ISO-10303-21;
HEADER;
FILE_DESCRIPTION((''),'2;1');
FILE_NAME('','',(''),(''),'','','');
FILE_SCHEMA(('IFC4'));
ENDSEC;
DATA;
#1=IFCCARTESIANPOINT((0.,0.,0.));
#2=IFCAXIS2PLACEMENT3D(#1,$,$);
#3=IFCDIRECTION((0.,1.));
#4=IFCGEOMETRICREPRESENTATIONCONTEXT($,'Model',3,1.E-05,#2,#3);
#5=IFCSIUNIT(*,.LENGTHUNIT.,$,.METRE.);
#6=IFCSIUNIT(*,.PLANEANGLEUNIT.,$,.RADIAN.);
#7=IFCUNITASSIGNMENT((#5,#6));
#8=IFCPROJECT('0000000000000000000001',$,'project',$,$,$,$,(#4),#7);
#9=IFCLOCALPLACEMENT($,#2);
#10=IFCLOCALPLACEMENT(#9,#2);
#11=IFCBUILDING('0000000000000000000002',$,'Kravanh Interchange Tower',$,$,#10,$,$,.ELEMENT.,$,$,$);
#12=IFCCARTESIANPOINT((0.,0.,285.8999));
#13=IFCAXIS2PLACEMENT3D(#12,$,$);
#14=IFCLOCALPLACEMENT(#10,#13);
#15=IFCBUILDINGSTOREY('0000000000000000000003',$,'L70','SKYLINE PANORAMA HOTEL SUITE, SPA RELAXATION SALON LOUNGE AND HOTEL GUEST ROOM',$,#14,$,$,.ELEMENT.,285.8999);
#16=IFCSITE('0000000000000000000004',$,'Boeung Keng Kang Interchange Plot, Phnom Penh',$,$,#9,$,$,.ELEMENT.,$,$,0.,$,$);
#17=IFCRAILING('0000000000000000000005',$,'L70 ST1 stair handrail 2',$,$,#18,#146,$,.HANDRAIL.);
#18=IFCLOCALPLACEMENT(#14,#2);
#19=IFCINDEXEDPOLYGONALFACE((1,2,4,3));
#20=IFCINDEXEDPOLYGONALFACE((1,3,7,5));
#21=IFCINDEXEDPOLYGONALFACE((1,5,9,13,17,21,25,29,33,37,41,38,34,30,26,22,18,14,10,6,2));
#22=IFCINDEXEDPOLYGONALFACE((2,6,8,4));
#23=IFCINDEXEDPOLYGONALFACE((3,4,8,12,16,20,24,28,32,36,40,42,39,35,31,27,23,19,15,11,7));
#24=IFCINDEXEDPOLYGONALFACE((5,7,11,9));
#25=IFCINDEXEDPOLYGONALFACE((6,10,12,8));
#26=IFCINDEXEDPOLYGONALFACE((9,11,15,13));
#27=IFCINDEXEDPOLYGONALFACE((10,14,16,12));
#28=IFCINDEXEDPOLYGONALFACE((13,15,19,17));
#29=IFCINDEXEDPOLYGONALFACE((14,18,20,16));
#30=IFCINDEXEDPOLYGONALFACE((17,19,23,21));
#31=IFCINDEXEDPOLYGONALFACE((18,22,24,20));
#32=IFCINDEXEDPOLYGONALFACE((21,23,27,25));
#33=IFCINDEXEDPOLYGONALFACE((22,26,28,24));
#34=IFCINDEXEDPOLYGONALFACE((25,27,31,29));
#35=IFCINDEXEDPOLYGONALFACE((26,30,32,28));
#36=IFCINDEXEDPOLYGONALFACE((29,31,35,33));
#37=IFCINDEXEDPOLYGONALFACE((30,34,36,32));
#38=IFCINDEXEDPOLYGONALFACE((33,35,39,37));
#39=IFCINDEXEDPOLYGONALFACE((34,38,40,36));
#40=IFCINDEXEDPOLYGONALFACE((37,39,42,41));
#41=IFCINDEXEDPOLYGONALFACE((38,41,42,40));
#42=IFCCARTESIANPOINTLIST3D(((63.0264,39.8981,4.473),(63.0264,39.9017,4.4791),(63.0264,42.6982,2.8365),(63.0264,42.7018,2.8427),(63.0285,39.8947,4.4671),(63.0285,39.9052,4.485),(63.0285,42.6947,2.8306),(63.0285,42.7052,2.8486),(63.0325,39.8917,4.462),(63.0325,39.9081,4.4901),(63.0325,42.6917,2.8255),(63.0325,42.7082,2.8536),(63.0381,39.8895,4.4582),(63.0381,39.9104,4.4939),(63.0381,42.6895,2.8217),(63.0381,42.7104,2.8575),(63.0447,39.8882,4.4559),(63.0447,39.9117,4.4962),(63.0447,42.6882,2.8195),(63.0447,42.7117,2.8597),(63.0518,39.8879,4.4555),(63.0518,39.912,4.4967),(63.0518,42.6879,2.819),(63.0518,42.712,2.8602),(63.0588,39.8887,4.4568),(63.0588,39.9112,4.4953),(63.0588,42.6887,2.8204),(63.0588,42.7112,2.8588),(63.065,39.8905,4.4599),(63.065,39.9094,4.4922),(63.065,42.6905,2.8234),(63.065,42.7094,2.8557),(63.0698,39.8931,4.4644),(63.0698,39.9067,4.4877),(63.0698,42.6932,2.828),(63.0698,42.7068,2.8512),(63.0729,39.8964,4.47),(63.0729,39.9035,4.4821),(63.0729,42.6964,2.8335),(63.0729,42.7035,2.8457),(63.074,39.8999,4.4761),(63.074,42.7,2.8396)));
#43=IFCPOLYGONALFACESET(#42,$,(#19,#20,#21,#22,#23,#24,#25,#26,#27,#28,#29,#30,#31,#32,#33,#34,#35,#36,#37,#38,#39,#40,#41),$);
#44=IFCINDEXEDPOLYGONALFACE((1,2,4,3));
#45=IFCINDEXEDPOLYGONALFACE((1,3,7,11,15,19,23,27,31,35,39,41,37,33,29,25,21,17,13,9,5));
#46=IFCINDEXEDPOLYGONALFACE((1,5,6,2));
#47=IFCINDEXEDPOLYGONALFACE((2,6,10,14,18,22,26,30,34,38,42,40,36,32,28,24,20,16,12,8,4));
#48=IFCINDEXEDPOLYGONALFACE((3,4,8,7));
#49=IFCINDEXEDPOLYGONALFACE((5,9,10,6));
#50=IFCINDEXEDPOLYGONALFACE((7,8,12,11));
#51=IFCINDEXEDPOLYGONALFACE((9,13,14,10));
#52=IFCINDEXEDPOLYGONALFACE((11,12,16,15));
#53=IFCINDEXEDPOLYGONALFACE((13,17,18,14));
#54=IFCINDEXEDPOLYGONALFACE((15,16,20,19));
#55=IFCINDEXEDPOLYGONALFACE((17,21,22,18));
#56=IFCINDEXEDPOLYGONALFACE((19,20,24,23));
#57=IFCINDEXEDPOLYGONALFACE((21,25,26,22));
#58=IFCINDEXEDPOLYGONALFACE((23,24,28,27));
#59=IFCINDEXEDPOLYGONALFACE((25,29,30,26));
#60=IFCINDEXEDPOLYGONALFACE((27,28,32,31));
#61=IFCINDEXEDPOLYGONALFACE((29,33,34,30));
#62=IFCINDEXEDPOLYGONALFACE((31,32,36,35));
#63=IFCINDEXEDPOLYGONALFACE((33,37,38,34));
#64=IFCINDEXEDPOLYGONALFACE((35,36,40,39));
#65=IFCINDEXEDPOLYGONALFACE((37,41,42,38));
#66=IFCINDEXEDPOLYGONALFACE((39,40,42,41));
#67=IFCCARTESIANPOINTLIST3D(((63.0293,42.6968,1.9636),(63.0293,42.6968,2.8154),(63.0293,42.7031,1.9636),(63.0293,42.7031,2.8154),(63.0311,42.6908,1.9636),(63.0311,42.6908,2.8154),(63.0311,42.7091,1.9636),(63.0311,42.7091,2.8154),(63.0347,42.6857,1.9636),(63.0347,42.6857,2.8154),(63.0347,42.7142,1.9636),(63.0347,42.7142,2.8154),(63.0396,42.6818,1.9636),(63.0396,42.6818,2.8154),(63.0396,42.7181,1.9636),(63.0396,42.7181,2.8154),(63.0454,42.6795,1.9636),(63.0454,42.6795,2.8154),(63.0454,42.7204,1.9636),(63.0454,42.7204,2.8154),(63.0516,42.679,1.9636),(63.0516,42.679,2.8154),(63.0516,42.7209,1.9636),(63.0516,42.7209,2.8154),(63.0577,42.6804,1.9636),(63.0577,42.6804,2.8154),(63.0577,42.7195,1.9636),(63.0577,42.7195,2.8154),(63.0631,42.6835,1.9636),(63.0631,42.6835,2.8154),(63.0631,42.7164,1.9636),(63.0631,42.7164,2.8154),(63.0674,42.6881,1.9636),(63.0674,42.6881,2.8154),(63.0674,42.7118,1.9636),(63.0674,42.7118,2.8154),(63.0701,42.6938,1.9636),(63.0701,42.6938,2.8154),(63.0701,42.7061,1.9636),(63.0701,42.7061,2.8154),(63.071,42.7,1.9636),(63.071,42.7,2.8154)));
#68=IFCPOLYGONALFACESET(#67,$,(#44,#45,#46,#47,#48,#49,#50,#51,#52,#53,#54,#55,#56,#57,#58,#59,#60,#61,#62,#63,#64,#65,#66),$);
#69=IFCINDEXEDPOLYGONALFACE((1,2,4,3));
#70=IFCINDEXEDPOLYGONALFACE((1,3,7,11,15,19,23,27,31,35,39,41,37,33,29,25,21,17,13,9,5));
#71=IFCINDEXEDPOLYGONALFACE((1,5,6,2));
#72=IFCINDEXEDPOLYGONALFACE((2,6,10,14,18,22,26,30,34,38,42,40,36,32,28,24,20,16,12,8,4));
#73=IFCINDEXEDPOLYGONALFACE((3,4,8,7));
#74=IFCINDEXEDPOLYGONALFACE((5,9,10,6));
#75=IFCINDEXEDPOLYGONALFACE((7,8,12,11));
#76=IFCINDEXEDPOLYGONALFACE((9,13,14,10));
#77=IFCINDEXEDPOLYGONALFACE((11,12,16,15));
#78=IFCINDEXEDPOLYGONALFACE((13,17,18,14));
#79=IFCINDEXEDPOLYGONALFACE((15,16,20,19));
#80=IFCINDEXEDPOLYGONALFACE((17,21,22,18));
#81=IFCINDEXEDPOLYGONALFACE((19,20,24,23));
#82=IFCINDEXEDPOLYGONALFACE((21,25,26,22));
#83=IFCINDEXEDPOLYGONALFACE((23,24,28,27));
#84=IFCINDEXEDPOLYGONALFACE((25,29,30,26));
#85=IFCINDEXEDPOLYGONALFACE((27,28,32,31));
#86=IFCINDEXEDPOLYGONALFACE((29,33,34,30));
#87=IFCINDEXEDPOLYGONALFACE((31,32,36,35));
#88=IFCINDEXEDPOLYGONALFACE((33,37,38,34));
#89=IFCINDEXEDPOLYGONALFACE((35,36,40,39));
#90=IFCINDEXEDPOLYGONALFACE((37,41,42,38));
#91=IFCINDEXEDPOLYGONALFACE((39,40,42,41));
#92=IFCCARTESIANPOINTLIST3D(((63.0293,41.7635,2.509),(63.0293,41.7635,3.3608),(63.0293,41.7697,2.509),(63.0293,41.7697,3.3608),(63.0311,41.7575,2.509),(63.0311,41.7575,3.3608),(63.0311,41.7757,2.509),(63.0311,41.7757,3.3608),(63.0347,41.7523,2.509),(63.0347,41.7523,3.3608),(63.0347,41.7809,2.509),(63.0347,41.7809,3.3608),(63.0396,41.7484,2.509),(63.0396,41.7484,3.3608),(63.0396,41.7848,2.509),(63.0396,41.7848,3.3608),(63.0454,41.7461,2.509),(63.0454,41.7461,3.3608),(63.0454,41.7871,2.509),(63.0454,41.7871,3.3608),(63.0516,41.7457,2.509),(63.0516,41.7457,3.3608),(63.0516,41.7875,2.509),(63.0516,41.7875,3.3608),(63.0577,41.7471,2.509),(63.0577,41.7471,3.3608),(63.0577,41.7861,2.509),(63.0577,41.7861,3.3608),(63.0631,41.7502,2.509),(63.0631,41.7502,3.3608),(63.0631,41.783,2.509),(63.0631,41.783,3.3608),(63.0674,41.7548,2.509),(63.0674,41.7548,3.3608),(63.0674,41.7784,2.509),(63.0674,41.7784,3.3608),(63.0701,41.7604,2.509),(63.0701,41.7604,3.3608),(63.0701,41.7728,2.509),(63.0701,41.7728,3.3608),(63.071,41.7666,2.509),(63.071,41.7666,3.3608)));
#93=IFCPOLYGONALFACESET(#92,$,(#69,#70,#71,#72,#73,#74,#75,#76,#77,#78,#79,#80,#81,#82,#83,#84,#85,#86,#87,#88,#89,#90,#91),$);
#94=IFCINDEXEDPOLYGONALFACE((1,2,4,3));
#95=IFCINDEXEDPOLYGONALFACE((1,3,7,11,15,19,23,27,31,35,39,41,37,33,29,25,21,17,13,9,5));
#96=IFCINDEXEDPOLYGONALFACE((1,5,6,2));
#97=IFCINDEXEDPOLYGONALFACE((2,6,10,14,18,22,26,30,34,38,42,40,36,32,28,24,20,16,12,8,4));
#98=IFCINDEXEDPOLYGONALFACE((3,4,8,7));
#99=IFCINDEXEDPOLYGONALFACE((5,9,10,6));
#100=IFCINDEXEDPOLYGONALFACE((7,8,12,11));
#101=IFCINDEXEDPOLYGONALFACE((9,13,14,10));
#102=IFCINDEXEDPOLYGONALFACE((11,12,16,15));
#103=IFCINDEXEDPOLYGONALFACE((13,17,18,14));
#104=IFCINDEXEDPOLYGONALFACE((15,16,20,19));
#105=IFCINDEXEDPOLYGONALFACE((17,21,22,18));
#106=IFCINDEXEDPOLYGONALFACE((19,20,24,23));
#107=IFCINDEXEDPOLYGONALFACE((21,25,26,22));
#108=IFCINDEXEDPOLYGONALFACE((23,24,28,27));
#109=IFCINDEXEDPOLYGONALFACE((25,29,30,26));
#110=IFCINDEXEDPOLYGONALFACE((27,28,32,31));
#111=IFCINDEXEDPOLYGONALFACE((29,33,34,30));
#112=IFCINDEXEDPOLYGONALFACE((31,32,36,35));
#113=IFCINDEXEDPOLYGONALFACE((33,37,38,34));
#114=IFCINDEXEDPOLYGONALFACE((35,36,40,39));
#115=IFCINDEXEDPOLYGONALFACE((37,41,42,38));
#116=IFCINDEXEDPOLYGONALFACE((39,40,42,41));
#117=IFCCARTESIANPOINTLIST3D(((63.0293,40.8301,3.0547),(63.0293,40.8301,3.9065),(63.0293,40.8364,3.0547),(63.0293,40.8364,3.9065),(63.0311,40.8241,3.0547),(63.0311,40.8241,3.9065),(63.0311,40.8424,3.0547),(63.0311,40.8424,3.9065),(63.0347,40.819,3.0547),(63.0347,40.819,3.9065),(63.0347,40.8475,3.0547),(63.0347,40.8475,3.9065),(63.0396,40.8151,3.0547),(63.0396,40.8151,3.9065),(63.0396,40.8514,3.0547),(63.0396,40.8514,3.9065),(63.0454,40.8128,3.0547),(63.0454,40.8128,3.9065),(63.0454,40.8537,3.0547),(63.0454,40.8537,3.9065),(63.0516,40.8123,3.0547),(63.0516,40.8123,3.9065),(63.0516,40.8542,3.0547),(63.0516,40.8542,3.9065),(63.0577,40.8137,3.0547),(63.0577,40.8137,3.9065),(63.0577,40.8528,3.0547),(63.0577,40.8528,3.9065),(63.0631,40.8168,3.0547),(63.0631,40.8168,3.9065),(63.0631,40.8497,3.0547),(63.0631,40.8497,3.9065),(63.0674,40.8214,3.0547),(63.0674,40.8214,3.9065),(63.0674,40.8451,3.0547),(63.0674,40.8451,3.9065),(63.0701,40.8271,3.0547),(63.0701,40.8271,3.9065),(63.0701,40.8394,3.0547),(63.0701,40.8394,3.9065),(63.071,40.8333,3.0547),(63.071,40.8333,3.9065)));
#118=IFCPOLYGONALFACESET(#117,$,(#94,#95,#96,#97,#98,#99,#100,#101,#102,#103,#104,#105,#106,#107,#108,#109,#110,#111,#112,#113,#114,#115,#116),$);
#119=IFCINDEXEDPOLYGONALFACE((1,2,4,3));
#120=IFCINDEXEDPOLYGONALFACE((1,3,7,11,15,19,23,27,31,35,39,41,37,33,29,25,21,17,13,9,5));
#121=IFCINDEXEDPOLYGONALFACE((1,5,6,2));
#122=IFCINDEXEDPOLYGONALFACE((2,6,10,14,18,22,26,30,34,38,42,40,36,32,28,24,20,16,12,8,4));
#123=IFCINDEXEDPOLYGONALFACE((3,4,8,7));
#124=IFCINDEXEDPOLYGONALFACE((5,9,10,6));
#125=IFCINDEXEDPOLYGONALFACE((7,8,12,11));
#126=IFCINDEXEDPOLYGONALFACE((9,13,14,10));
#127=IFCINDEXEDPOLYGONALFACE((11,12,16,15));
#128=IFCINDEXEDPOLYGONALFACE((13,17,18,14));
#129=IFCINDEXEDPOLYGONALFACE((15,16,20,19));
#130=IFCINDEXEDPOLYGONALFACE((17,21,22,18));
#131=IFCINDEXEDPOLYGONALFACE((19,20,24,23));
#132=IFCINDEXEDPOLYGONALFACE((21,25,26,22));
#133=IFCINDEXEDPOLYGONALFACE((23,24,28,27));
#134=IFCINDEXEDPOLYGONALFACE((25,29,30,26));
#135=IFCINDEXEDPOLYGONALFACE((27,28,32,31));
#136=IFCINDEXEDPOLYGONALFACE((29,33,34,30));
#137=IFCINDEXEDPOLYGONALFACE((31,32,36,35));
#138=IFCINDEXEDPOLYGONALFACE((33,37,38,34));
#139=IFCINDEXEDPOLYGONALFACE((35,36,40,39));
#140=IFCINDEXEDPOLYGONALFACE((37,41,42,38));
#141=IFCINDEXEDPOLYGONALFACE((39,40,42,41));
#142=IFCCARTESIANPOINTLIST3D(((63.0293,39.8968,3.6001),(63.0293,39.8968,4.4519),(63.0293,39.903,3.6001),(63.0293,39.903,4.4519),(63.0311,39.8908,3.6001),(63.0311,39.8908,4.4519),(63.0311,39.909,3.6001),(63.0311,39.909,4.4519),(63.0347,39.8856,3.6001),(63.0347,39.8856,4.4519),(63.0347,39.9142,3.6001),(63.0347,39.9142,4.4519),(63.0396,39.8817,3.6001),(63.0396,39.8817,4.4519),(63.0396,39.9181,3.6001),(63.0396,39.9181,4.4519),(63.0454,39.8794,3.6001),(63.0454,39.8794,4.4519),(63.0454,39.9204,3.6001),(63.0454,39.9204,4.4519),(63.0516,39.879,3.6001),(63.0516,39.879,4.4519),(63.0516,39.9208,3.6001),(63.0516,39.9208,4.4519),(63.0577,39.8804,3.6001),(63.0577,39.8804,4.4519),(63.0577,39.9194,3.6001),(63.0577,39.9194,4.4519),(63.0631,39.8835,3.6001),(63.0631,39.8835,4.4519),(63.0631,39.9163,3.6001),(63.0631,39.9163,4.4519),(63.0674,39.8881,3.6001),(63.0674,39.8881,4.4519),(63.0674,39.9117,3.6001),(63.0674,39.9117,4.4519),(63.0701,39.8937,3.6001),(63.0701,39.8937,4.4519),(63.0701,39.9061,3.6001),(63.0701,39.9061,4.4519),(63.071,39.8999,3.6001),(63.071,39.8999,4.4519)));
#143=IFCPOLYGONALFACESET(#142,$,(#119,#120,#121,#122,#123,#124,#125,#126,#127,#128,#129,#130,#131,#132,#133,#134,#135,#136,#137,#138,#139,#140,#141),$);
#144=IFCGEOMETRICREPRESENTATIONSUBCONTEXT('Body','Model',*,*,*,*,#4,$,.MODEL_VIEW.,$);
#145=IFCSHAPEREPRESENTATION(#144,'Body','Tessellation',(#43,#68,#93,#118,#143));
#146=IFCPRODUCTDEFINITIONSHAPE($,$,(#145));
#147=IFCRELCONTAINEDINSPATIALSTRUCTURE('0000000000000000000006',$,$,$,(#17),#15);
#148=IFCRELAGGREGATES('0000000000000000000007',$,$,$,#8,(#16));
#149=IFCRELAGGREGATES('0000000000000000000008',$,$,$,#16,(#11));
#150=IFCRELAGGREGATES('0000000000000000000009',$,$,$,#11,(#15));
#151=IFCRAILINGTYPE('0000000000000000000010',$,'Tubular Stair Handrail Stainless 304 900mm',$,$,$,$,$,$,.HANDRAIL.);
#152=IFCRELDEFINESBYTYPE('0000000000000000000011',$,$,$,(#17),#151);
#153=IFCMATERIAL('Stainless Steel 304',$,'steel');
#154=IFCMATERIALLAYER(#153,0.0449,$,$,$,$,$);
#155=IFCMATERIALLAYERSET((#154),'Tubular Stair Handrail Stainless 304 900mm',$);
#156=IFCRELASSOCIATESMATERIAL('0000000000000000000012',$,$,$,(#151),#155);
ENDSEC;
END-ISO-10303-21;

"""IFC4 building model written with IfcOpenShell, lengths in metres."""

from ifc_helpers import new_model, si_unit, direction, frame, origin, origin_2d, place, context, subcontext, project, spatial, circle, extrude, material, layer, layer_set, type_object, element, save


model = new_model("IFC4")

# Units and contexts
model_context = context("Model", 3, precision=1e-05, world=origin(), true_north=direction((0.0, 1.0)))
body_context = subcontext(model_context, "Body", "Model", "MODEL_VIEW")
ifc_project = project(units=[si_unit("LENGTHUNIT", "METRE"), si_unit("PLANEANGLEUNIT", "RADIAN")], contexts=[model_context])

# Site, building, storey
site_placement = place(None, origin())
site = spatial("IfcSite", under=ifc_project, at=site_placement, Name="Boeung Keng Kang Interchange Plot, Phnom Penh", CompositionType="ELEMENT", RefElevation=0.0)
building_placement = place(site_placement, origin())
building = spatial("IfcBuilding", under=site, at=building_placement, Name="Kravanh Interchange Tower", CompositionType="ELEMENT")
storey_placement = place(building_placement, frame((0.0, 0.0, 285.8999)))
storey = spatial("IfcBuildingStorey", under=building, at=storey_placement, Name="L70", Description="SKYLINE PANORAMA HOTEL SUITE, SPA RELAXATION SALON LOUNGE AND HOTEL GUEST ROOM", CompositionType="ELEMENT", Elevation=285.8999)

# Railing
ifc_material_1 = material(Name="Stainless Steel 304", Category="steel")
ifc_layer_1 = layer(ifc_material_1, 0.0449)
ifc_layer_set_1 = layer_set([ifc_layer_1], Name="Tubular Stair Handrail Stainless 304 900mm")
railing_type_1 = type_object("IfcRailingType", Name="Tubular Stair Handrail Stainless 304 900mm", PredefinedType="HANDRAIL", material=ifc_layer_set_1)
railing_1_placement = place(storey_placement, frame((63.05, 42.7, 1.9636)))
element("IfcRailing", 1, at=railing_1_placement, inside=storey, type_object=railing_type_1, Name="L70 ST1 stair handrail 2", PredefinedType="HANDRAIL", context=body_context, shape_type="SweptSolid", body=[
    extrude(circle(Radius=0.0239, at=origin_2d()), frame((0.0, 0.0, 0.876), z_axis=(0.0, -0.863361, 0.504587), x_axis=(1.0, 0.0, 0.0)), (0.0, 0.0, 1.0), 3.2432),
    extrude(circle(Radius=0.021, at=origin_2d()), origin(), (0.0, 0.0, 1.0), 0.8518),
    extrude(circle(Radius=0.021, at=origin_2d()), frame((0.0, -0.9333, 0.5454)), (0.0, 0.0, 1.0), 0.8518),
    extrude(circle(Radius=0.021, at=origin_2d()), frame((0.0, -1.8667, 1.0911)), (0.0, 0.0, 1.0), 0.8518),
    extrude(circle(Radius=0.021, at=origin_2d()), frame((0.0, -2.8, 1.6365)), (0.0, 0.0, 1.0), 0.8518),
])

save(model, "model.ifc")
